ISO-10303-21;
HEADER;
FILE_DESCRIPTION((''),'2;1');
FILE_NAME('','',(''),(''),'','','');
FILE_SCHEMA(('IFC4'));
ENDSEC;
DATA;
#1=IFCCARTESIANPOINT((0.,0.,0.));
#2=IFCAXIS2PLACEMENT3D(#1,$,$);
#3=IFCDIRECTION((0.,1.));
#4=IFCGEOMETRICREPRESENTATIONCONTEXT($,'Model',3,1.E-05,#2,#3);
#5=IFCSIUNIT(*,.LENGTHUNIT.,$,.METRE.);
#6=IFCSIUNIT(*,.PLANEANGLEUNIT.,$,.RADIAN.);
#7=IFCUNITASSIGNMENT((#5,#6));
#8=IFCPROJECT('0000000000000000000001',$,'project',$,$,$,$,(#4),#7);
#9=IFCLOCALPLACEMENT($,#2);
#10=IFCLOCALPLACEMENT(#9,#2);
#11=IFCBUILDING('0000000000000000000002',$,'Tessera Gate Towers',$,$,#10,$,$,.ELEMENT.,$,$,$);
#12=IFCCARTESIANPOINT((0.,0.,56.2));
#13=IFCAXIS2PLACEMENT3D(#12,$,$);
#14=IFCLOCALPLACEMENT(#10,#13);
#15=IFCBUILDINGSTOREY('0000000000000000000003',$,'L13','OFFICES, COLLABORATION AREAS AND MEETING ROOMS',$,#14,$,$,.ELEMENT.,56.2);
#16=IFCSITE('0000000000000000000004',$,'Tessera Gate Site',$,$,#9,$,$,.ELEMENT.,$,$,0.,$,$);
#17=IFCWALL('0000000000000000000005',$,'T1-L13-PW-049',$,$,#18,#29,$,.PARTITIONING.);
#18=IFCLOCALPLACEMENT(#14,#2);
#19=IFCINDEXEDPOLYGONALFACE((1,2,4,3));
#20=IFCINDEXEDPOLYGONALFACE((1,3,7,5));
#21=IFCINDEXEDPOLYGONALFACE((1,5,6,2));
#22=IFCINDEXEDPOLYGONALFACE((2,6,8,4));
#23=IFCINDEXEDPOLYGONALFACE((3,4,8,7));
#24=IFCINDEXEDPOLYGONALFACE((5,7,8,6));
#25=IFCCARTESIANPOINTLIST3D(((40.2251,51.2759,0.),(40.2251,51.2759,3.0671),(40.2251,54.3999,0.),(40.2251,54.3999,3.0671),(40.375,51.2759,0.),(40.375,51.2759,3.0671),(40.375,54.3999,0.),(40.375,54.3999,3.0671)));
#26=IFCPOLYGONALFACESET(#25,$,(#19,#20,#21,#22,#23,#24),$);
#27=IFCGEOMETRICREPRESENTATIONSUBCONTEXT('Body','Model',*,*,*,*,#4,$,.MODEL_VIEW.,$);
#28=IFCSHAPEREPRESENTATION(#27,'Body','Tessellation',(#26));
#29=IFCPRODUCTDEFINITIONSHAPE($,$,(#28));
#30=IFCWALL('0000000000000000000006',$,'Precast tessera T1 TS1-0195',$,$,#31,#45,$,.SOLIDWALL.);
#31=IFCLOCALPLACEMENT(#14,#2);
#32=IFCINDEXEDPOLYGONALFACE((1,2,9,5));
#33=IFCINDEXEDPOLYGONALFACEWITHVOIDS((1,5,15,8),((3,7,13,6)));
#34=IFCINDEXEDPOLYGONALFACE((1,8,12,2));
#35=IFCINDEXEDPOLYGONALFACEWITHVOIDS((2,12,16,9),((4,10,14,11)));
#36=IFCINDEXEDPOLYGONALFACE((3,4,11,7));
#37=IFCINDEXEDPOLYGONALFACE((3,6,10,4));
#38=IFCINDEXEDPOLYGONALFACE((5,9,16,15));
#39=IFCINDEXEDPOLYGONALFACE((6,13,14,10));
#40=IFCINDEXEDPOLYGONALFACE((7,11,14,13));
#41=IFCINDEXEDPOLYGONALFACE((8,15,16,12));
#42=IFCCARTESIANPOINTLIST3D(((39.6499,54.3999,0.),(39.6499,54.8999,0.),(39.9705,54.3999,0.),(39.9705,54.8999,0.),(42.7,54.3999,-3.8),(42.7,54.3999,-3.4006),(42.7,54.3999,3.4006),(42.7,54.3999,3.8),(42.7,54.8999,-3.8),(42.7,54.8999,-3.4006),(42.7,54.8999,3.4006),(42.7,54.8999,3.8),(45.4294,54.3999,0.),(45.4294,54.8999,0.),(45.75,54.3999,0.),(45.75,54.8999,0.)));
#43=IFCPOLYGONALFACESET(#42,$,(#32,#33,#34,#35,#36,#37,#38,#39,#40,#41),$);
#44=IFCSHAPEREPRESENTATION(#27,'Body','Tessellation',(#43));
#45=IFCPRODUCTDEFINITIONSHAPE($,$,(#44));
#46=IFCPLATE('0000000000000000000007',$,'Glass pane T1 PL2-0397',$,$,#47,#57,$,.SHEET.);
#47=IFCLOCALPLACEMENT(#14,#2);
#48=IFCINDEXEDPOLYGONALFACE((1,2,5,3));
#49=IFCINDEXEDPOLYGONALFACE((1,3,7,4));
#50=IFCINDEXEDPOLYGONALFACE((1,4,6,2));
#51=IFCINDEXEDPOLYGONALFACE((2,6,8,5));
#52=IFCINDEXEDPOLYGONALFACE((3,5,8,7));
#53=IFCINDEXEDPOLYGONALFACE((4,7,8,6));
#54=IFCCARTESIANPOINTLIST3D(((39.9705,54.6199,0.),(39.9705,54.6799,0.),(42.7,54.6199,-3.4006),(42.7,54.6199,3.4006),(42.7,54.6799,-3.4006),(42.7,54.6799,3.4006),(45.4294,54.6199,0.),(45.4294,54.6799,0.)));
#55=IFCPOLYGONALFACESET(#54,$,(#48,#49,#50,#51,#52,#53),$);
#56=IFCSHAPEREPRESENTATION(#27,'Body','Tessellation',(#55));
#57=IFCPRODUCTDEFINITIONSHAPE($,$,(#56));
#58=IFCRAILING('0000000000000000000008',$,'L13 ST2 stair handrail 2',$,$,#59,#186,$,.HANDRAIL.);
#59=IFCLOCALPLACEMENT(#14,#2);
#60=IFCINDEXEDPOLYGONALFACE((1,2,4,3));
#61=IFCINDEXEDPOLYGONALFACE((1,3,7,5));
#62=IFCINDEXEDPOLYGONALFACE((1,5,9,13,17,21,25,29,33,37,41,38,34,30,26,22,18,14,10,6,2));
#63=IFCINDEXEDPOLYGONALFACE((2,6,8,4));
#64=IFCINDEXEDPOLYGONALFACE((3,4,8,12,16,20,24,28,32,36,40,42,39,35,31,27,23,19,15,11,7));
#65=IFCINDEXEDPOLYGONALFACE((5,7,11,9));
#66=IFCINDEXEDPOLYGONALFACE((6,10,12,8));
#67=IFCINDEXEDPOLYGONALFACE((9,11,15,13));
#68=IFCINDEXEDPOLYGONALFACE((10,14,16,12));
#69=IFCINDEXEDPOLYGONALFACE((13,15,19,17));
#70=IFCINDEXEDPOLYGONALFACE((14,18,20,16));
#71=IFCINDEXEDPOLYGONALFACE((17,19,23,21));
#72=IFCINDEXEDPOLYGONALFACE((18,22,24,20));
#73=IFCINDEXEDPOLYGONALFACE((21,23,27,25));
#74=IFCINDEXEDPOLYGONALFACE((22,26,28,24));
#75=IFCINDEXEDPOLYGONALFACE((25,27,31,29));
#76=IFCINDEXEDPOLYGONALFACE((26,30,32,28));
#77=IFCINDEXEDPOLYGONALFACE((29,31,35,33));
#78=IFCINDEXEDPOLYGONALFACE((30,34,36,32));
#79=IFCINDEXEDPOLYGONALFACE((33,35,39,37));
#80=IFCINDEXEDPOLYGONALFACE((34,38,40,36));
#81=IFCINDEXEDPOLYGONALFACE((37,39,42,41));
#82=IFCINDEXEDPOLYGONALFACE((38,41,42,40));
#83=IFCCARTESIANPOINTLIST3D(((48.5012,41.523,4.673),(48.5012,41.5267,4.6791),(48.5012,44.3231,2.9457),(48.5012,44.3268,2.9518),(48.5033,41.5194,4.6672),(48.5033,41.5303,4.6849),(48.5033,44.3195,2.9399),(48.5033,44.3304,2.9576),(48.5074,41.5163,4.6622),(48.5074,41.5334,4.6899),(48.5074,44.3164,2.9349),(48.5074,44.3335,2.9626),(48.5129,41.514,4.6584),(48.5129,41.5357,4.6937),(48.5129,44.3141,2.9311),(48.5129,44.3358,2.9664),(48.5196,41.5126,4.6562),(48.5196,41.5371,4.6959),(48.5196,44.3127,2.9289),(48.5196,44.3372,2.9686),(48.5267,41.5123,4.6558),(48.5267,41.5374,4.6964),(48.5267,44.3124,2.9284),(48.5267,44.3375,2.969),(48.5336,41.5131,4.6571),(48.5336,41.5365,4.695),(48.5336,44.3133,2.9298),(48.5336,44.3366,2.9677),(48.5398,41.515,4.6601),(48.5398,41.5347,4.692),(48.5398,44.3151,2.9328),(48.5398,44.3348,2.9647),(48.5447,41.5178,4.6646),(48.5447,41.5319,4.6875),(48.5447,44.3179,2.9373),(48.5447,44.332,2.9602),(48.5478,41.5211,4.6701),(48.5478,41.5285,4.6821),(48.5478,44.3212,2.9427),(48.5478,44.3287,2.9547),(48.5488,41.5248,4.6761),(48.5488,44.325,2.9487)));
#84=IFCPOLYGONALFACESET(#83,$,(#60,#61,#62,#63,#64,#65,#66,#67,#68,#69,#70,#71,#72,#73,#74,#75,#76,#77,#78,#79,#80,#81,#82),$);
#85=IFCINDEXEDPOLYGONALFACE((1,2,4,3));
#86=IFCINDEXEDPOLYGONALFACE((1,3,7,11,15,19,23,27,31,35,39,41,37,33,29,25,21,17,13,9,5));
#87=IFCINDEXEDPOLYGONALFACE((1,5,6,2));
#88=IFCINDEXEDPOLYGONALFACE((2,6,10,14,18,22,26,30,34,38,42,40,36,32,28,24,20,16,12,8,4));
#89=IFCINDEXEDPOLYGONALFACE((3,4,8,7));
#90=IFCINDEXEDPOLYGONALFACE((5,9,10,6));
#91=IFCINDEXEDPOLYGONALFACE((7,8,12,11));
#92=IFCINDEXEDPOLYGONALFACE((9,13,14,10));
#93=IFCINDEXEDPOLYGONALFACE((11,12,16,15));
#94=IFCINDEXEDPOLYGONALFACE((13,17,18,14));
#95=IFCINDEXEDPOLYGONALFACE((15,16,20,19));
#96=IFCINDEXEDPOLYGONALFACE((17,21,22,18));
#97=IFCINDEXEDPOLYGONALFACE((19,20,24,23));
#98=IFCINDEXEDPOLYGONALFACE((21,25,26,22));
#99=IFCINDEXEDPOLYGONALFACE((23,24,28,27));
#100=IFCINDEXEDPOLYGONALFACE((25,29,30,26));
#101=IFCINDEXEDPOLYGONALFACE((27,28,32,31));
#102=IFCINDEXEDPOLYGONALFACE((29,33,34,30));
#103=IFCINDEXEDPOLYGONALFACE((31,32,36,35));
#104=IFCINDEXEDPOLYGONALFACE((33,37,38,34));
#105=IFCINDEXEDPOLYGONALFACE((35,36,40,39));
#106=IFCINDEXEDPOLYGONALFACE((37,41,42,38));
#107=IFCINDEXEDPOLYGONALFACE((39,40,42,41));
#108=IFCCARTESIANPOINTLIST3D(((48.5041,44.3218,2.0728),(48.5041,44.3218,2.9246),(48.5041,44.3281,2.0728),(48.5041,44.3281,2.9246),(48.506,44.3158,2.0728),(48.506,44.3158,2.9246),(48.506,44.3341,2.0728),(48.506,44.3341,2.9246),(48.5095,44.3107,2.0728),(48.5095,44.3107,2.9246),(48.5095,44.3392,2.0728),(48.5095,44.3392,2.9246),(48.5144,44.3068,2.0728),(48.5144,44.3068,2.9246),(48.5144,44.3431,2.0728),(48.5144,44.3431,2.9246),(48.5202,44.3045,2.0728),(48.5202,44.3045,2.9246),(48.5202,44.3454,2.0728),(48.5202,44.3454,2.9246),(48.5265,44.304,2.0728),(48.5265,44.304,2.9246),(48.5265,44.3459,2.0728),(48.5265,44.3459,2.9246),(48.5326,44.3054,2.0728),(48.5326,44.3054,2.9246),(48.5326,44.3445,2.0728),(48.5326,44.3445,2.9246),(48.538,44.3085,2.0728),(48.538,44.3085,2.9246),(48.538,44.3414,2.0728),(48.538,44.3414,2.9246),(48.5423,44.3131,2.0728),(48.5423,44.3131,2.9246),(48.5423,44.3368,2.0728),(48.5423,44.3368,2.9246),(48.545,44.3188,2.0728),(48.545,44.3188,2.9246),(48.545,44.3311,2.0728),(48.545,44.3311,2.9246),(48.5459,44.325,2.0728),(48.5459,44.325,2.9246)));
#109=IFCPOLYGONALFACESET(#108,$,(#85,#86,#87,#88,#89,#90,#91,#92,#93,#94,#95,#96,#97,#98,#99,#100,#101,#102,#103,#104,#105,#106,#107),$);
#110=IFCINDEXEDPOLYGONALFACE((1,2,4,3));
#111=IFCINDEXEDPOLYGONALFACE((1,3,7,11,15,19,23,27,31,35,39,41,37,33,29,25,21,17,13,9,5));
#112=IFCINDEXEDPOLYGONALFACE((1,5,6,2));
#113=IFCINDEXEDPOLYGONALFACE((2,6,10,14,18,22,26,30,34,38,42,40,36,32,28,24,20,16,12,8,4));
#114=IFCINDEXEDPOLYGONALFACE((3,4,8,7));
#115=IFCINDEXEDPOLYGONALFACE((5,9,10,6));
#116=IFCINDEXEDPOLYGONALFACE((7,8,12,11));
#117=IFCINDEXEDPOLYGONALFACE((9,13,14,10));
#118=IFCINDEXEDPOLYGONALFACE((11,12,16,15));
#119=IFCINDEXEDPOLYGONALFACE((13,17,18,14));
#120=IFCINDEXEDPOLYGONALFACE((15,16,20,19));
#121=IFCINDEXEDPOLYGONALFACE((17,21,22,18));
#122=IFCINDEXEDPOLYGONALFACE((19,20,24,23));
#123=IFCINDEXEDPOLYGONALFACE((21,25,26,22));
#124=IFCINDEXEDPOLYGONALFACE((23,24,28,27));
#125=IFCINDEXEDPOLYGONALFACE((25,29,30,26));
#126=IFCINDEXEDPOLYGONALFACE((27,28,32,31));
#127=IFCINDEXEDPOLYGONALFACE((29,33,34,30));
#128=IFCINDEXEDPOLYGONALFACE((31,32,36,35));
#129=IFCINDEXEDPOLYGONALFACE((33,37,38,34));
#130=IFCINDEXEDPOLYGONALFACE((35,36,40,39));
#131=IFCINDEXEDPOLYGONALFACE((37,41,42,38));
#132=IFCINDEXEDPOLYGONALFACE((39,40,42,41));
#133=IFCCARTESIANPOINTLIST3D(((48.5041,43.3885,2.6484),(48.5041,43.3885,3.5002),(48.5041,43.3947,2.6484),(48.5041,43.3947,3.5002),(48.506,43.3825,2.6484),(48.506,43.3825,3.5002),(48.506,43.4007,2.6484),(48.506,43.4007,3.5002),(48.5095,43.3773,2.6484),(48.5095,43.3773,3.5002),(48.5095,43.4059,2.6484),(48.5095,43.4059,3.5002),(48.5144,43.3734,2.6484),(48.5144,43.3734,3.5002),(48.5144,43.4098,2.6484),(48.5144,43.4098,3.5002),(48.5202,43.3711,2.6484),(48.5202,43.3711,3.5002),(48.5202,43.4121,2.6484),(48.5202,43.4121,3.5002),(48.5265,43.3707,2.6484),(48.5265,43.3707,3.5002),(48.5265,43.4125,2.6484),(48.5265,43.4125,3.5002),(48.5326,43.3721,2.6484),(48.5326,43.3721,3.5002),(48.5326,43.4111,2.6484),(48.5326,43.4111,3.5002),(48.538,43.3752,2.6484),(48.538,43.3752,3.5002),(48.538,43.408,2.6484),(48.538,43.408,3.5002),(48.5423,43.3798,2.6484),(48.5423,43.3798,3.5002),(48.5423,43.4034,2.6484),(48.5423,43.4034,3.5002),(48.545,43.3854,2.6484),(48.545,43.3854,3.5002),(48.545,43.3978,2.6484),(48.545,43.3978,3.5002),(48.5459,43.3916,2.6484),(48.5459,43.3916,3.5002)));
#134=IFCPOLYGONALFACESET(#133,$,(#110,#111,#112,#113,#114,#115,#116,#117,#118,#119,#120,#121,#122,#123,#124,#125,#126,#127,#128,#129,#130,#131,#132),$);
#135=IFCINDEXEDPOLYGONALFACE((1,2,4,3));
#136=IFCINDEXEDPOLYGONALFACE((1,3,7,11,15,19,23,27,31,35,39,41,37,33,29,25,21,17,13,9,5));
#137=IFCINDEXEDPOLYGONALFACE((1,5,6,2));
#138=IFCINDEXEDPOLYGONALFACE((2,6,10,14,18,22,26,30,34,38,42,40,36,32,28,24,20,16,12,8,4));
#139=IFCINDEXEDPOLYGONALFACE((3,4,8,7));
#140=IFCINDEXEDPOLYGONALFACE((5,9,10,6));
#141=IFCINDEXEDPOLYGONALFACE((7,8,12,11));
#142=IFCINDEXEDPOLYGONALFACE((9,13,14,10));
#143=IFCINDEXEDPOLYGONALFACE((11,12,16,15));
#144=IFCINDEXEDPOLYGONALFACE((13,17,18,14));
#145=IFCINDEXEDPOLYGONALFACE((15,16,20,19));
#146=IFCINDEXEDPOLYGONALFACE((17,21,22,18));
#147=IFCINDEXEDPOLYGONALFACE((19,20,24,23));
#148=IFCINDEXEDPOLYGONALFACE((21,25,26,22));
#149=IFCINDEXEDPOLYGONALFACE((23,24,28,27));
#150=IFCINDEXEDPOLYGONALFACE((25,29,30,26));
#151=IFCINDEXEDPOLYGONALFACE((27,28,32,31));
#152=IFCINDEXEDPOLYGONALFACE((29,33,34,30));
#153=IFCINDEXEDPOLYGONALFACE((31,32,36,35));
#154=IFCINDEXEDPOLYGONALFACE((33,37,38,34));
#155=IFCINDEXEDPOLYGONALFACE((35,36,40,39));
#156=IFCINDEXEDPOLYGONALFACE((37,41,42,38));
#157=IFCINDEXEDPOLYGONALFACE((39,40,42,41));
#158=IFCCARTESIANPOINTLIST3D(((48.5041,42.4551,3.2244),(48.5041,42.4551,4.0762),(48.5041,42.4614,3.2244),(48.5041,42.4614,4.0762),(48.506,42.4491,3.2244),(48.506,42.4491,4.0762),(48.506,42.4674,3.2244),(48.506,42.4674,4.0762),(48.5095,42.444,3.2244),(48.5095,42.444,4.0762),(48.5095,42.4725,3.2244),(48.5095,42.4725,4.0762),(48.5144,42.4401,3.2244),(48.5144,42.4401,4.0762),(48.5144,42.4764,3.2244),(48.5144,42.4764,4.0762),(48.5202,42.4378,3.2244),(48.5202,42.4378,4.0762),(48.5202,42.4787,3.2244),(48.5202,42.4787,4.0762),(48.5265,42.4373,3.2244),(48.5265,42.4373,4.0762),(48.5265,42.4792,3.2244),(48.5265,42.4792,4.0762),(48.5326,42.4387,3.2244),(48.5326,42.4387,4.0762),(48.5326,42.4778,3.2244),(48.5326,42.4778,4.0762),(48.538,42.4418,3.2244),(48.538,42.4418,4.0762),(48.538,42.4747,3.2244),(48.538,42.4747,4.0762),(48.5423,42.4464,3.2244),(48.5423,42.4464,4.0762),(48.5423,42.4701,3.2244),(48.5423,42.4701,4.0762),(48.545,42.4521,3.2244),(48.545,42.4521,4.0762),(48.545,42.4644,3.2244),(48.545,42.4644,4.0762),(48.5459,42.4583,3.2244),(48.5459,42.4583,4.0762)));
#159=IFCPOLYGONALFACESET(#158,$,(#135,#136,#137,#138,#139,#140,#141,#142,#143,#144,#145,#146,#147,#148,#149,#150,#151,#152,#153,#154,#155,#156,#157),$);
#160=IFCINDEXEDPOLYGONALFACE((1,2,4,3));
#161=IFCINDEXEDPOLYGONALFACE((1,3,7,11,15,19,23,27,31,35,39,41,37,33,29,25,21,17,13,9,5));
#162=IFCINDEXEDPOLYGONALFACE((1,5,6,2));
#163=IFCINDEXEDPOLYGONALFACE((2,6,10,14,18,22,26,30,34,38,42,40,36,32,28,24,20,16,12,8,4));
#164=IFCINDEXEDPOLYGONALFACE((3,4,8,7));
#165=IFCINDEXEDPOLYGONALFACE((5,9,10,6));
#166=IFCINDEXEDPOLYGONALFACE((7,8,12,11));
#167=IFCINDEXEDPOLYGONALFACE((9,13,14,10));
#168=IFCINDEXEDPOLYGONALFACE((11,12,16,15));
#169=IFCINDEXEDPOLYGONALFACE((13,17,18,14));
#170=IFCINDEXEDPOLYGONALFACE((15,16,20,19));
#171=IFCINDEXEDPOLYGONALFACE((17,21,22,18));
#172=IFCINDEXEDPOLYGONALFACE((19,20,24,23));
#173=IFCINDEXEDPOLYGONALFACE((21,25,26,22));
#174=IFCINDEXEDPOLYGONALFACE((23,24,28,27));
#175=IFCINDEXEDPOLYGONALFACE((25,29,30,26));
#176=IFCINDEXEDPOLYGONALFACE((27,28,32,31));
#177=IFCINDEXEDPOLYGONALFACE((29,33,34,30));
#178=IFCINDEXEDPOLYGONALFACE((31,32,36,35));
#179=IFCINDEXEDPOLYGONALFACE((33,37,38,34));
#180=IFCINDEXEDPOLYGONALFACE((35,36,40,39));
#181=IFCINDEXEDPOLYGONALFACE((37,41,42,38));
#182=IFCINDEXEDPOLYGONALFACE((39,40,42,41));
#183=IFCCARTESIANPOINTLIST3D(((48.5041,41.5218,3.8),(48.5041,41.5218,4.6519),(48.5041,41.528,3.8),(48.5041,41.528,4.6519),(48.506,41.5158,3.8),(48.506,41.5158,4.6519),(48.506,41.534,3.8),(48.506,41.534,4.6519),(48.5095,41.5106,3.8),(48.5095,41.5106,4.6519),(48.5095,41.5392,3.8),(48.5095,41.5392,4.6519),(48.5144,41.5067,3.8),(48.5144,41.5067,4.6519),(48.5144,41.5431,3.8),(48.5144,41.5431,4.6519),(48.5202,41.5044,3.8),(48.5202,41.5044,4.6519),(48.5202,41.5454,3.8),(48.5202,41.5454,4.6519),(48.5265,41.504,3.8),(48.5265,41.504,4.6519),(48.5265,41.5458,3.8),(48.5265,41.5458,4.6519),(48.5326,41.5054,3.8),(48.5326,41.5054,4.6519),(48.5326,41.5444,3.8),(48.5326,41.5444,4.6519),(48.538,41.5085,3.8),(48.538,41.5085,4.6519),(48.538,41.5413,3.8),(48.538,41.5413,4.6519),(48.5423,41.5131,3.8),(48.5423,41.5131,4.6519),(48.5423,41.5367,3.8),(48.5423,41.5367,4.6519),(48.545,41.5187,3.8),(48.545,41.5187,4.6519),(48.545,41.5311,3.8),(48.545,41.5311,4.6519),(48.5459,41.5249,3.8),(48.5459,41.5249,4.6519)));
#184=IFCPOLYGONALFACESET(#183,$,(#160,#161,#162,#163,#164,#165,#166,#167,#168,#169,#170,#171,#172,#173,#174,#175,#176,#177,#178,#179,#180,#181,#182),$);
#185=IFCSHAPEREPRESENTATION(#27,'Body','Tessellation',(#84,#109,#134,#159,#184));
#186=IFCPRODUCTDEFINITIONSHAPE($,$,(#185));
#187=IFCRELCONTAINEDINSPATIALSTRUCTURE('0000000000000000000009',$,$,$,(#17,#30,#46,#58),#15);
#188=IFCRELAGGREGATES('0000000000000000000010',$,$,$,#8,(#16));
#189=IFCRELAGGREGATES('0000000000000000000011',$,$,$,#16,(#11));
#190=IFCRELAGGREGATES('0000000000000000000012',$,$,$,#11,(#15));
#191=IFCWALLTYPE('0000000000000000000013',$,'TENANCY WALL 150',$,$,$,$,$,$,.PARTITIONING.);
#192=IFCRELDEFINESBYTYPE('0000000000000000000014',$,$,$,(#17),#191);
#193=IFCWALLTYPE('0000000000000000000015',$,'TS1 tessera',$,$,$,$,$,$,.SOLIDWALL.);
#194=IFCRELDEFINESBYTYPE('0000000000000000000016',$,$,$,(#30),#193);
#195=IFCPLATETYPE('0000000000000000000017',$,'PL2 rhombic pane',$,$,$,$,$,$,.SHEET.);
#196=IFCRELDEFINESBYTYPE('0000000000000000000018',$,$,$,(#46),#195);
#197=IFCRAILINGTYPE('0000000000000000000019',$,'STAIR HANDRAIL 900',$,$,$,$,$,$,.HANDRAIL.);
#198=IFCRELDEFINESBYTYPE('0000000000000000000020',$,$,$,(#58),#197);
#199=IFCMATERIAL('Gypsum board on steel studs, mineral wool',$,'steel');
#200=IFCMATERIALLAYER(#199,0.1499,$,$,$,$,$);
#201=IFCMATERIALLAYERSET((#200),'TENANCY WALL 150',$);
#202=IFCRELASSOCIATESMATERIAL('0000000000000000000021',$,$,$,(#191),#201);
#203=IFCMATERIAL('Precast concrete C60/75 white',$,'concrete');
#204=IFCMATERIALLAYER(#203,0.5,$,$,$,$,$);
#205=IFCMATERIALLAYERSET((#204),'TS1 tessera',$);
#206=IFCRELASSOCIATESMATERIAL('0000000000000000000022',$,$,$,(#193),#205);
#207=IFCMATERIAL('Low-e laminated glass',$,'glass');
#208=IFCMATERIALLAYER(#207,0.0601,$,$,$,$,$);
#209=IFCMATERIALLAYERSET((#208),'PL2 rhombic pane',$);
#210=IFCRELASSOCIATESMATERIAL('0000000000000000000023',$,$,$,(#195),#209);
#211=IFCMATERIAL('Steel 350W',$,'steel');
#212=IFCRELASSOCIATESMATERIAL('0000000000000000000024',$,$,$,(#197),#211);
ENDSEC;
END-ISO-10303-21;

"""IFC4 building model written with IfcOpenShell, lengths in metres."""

from ifc_helpers import new_model, si_unit, direction, frame, frame_2d, origin, origin_2d, place, context, subcontext, project, spatial, polyline, rectangle, circle, outline, extrude, source, transform, mapped, material, layer, layer_set, type_object, element, fill, save


model = new_model("IFC4")

# Units and contexts
model_context = context("Model", 3, precision=1e-05, world=origin(), true_north=direction((0.0, 1.0)))
body_context = subcontext(model_context, "Body", "Model", "MODEL_VIEW")
ifc_project = project(units=[si_unit("LENGTHUNIT", "METRE"), si_unit("PLANEANGLEUNIT", "RADIAN")], contexts=[model_context])

# Site, building, storey
site_placement = place(None, origin())
site = spatial("IfcSite", under=ifc_project, at=site_placement, Name="Tessera Gate Site", CompositionType="ELEMENT", RefElevation=0.0)
building_placement = place(site_placement, origin())
building = spatial("IfcBuilding", under=site, at=building_placement, Name="Tessera Gate Towers", CompositionType="ELEMENT")
storey_placement = place(building_placement, frame((0.0, 0.0, 56.2)))
storey = spatial("IfcBuildingStorey", under=building, at=storey_placement, Name="L13", Description="OFFICES, COLLABORATION AREAS AND MEETING ROOMS", CompositionType="ELEMENT", Elevation=56.2)

# Wall
ifc_material_1 = material(Name="Gypsum board on steel studs, mineral wool", Category="steel")
ifc_layer_1 = layer(ifc_material_1, 0.1499)
ifc_layer_set_1 = layer_set([ifc_layer_1], Name="TENANCY WALL 150")
wall_type_1 = type_object("IfcWallType", Name="TENANCY WALL 150", PredefinedType="PARTITIONING", material=ifc_layer_set_1)
wall_1_placement = place(storey_placement, frame((40.3, 51.2759, 0.0), z_axis=(0.0, 0.0, 1.0), x_axis=(0.0, 1.0, 0.0)))
element("IfcWall", 1, at=wall_1_placement, inside=storey, type_object=wall_type_1, Name="T1-L13-PW-049", PredefinedType="PARTITIONING", context=body_context, shape_type="SweptSolid", body=[
    extrude(rectangle(XDim=3.124, YDim=0.1499, at=frame_2d((1.562, 0.0))), origin(), (0.0, 0.0, 1.0), 3.0671),
])

# Wall, opening, plate
ifc_material_2 = material(Name="Precast concrete C60/75 white", Category="concrete")
ifc_layer_2 = layer(ifc_material_2, 0.5)
ifc_layer_set_2 = layer_set([ifc_layer_2], Name="TS1 tessera")
wall_type_2 = type_object("IfcWallType", Name="TS1 tessera", PredefinedType="SOLIDWALL", material=ifc_layer_set_2)
shared_shape_1 = source(origin(), body_context, "Body", "SweptSolid", [
    extrude(outline(polyline([(3.05, 0.0), (6.1001, 3.8), (3.05, 7.6001), (0.0, 3.8), (3.05, 0.0)])), frame((0.0, 0.25, 0.0), z_axis=(0.0, -1.0, 0.0), x_axis=(1.0, 0.0, 0.0)), (0.0, 0.0, 1.0), 0.5),
])
wall_2_placement = place(storey_placement, frame((45.75, 54.6499, -3.8), z_axis=(0.0, 0.0, 1.0), x_axis=(-1.0, 0.0, 0.0)))
wall_2 = element("IfcWall", 2, at=wall_2_placement, inside=storey, type_object=wall_type_2, Name="Precast tessera T1 TS1-0195", PredefinedType="SOLIDWALL", context=body_context, shape_type="MappedRepresentation", body=[
    mapped(shared_shape_1, transform((0.0, 0.0, 0.0), scale=1.0)),
])
shared_shape_2 = source(origin(), body_context, "Body", "SweptSolid", [
    extrude(outline(polyline([(3.05, 0.3994), (5.7795, 3.8), (3.05, 7.2007), (0.3206, 3.8), (3.05, 0.3994)])), frame((0.0, 0.26, 0.0), z_axis=(0.0, -1.0, 0.0), x_axis=(1.0, 0.0, 0.0)), (0.0, 0.0, 1.0), 0.52),
])
opening_1_placement = place(wall_2_placement, origin())
opening_1 = element("IfcOpeningElement", 3, at=opening_1_placement, cuts=wall_2, PredefinedType="OPENING", context=body_context, shape_type="MappedRepresentation", body=[
    mapped(shared_shape_2, transform((0.0, 0.0, 0.0), scale=1.0)),
])
ifc_material_3 = material(Name="Low-e laminated glass", Category="glass")
ifc_layer_3 = layer(ifc_material_3, 0.0601)
ifc_layer_set_3 = layer_set([ifc_layer_3], Name="PL2 rhombic pane")
plate_type = type_object("IfcPlateType", Name="PL2 rhombic pane", PredefinedType="SHEET", material=ifc_layer_set_3)
shared_shape_3 = source(origin(), body_context, "Body", "SweptSolid", [
    extrude(outline(polyline([(3.05, 0.3994), (5.7795, 3.8), (3.05, 7.2007), (0.3206, 3.8), (3.05, 0.3994)])), frame((0.0, 0.03, 0.0), z_axis=(0.0, -1.0, 0.0), x_axis=(1.0, 0.0, 0.0)), (0.0, 0.0, 1.0), 0.0601),
])
plate_placement = place(opening_1_placement, origin())
plate = element("IfcPlate", 4, at=plate_placement, inside=storey, type_object=plate_type, Name="Glass pane T1 PL2-0397", PredefinedType="SHEET", context=body_context, shape_type="MappedRepresentation", body=[
    mapped(shared_shape_3, transform((0.0, 0.0, 0.0), scale=1.0)),
])
fill(opening_1, plate)

# Railing
ifc_material_4 = material(Name="Steel 350W", Category="steel")
railing_type = type_object("IfcRailingType", Name="STAIR HANDRAIL 900", PredefinedType="HANDRAIL", material=ifc_material_4)
railing_placement = place(storey_placement, frame((48.5249, 44.325, 2.0728)))
element("IfcRailing", 5, at=railing_placement, inside=storey, type_object=railing_type, Name="L13 ST2 stair handrail 2", PredefinedType="HANDRAIL", context=body_context, shape_type="SweptSolid", body=[
    extrude(circle(Radius=0.0239, at=origin_2d()), frame((0.0, 0.0, 0.876), z_axis=(0.0, -0.85109, 0.52502), x_axis=(1.0, 0.0, 0.0)), (0.0, 0.0, 1.0), 3.29),
    extrude(circle(Radius=0.021, at=origin_2d()), origin(), (0.0, 0.0, 1.0), 0.8518),
    extrude(circle(Radius=0.021, at=origin_2d()), frame((0.0, -0.9333, 0.5757)), (0.0, 0.0, 1.0), 0.8518),
    extrude(circle(Radius=0.021, at=origin_2d()), frame((0.0, -1.8667, 1.1516)), (0.0, 0.0, 1.0), 0.8518),
    extrude(circle(Radius=0.021, at=origin_2d()), frame((0.0, -2.8, 1.7273)), (0.0, 0.0, 1.0), 0.8518),
])

save(model, "model.ifc")
